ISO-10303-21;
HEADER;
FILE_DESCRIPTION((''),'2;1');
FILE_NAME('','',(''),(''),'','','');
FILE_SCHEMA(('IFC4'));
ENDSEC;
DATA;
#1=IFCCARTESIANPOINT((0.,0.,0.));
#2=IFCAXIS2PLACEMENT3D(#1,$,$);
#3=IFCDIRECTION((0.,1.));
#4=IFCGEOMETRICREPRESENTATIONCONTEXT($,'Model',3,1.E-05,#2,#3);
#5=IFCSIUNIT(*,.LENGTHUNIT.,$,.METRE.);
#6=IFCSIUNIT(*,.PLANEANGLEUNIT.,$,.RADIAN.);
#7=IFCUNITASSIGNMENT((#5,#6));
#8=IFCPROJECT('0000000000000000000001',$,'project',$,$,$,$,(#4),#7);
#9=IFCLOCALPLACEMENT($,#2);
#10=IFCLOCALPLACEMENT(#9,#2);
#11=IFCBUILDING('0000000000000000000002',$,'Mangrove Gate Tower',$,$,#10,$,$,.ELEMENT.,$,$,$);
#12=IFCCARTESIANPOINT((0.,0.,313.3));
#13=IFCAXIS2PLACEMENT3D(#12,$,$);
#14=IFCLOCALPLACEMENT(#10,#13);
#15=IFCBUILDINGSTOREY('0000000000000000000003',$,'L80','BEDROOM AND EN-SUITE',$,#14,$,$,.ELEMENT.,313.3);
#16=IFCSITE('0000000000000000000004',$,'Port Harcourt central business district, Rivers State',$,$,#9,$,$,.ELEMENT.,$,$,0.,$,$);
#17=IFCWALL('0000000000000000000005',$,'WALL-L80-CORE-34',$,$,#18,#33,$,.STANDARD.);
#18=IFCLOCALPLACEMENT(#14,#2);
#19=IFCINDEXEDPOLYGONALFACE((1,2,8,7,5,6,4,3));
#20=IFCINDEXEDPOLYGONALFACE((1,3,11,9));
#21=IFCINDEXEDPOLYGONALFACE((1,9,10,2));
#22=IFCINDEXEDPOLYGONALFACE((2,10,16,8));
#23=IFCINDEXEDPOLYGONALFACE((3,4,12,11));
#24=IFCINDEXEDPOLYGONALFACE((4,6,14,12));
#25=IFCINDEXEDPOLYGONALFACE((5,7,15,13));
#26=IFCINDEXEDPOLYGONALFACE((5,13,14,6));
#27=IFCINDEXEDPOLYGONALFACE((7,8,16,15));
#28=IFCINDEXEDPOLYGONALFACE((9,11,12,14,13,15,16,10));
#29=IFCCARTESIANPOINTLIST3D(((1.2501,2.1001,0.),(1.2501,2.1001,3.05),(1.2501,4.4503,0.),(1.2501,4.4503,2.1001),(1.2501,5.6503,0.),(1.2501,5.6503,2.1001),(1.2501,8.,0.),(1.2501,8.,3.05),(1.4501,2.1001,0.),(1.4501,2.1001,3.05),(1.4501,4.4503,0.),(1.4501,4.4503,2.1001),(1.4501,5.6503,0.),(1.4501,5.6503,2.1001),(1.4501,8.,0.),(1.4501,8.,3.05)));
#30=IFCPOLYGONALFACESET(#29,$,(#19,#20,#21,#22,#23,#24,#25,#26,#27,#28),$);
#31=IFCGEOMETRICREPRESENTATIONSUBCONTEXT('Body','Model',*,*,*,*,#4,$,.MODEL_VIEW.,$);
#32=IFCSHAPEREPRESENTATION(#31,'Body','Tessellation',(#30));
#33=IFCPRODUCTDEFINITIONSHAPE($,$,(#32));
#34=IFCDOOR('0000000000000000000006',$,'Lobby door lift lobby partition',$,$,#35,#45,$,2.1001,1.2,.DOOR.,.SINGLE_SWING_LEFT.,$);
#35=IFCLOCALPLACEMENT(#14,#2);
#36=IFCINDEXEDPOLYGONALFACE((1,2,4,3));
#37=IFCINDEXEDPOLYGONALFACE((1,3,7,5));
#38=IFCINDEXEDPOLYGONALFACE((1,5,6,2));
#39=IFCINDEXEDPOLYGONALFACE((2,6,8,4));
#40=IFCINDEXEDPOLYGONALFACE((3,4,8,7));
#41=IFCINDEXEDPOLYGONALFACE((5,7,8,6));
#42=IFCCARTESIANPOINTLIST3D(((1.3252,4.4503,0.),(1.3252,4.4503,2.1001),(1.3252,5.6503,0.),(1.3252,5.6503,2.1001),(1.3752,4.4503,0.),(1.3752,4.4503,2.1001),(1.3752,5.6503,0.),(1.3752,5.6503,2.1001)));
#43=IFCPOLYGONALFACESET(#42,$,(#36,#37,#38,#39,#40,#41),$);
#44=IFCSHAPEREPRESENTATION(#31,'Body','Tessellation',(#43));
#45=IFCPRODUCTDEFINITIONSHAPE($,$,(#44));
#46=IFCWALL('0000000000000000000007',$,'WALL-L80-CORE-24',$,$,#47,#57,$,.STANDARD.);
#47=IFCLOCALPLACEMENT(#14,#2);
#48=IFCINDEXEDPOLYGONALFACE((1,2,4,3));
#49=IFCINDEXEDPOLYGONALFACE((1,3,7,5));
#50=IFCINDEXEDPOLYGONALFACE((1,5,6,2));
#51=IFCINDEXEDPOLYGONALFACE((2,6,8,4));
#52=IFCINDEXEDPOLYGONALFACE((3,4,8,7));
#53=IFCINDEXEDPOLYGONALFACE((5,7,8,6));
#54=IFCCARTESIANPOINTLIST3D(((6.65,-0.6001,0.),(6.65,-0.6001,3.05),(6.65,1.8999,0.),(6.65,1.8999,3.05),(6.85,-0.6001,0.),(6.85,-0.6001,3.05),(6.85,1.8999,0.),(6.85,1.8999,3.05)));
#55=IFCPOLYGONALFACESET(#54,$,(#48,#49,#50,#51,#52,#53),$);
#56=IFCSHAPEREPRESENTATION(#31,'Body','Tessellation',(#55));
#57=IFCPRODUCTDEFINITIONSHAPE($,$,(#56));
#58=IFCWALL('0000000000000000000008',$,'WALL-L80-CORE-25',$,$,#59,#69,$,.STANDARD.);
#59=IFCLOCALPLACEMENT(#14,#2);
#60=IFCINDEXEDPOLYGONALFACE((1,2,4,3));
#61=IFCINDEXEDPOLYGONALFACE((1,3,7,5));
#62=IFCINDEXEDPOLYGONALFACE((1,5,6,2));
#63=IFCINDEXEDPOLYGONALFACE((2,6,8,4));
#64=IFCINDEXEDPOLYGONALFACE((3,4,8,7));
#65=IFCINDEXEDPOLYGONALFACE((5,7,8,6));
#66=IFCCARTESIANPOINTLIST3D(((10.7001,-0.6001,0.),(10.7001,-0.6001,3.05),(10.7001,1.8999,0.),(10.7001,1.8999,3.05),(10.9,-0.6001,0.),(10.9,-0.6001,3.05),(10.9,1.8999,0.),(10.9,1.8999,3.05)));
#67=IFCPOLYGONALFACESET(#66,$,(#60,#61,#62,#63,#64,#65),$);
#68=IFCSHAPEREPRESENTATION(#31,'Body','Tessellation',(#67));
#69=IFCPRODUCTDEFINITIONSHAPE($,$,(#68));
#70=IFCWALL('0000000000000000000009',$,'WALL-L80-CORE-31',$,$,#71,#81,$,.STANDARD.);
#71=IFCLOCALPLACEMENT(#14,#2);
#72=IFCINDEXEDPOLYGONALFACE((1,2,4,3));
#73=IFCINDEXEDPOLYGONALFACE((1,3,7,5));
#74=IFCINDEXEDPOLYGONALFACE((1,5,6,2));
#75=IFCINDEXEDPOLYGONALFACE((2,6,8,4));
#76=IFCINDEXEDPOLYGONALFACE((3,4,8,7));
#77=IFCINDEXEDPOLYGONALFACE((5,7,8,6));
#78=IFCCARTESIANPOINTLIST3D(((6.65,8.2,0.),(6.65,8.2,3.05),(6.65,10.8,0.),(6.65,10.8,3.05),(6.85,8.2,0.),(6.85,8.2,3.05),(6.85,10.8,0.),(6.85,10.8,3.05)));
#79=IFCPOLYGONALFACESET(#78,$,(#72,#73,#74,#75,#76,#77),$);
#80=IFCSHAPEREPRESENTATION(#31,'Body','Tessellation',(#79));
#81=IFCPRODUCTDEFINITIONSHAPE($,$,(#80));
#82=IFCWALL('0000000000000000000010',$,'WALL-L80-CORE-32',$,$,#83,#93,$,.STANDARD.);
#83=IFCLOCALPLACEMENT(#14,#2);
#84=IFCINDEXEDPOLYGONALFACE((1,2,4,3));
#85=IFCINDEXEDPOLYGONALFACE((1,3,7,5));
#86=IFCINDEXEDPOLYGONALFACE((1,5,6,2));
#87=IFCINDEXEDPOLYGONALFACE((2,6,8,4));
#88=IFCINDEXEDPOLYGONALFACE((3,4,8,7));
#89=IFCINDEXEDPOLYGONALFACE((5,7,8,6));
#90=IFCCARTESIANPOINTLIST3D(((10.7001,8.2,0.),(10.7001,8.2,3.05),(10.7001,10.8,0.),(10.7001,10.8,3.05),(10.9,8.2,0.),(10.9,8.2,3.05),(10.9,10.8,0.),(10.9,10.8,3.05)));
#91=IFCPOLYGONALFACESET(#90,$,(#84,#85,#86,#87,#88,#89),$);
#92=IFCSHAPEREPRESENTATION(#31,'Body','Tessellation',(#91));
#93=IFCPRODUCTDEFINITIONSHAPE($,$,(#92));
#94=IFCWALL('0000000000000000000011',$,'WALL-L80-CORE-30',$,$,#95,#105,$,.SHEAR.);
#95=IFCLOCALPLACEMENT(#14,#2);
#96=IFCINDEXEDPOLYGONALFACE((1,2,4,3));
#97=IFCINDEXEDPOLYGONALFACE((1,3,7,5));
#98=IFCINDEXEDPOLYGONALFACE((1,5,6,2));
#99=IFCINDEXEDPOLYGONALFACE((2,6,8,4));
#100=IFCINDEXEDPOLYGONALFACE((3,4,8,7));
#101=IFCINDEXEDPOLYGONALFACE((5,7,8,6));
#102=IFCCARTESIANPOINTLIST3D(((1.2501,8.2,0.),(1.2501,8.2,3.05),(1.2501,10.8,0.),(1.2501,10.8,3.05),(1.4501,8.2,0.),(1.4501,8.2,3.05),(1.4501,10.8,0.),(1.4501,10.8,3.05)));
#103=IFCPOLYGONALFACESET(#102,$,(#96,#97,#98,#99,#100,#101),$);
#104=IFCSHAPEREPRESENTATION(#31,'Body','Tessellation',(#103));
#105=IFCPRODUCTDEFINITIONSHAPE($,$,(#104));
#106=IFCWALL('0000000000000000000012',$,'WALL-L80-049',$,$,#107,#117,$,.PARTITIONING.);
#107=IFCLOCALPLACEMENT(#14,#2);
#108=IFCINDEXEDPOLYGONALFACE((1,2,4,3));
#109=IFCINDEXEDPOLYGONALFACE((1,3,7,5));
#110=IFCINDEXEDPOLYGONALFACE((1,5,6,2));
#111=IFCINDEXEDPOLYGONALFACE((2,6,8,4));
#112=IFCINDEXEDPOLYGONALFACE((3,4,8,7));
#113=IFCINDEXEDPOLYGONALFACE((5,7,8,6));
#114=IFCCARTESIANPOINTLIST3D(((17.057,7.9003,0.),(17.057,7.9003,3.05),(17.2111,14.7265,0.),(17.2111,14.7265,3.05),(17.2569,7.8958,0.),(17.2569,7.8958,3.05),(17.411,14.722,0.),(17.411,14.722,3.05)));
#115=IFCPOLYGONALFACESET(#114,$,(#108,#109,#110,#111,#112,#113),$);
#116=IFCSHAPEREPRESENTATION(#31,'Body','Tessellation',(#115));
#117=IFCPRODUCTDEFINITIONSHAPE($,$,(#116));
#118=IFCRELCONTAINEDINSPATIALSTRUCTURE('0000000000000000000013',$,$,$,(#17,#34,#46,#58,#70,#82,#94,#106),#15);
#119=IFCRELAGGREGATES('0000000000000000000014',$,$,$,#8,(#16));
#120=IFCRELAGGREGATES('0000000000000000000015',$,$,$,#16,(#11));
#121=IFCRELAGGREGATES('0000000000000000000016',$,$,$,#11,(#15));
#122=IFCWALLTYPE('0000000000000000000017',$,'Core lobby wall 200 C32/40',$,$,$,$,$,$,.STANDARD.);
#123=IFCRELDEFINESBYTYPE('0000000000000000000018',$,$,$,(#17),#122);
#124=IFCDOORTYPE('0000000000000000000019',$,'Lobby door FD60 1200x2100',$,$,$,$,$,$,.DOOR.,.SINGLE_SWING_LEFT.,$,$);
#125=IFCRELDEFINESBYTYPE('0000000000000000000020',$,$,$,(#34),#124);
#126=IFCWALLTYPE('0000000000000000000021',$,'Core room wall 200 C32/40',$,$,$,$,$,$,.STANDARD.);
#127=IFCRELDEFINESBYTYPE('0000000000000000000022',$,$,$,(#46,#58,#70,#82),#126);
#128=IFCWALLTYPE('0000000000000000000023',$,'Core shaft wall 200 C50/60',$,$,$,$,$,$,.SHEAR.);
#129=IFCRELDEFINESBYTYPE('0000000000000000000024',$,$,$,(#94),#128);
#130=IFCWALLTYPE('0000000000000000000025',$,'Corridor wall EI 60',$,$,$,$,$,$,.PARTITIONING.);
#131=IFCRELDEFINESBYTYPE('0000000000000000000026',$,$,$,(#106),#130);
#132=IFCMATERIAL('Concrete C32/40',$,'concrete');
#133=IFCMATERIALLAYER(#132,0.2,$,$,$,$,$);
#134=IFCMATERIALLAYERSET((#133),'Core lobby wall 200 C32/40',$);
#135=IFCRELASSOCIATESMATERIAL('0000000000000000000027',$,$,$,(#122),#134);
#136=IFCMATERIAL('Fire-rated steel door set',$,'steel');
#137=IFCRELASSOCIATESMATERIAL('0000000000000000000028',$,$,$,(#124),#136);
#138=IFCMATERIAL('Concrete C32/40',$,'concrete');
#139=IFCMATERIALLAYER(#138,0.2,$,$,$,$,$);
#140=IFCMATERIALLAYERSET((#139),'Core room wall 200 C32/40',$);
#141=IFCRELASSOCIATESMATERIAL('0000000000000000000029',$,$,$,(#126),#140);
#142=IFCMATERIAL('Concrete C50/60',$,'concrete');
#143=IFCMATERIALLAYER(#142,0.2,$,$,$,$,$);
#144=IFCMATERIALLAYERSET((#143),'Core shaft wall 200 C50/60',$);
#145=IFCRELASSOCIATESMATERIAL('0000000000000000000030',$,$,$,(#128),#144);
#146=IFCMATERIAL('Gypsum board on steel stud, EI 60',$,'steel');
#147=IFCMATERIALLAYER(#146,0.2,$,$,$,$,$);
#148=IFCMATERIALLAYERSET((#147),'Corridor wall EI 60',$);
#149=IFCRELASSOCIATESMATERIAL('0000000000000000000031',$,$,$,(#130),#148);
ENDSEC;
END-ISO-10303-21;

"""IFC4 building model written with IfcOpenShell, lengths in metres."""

from ifc_helpers import new_model, si_unit, direction, frame, frame_2d, origin, place, context, subcontext, project, spatial, rectangle, extrude, material, layer, layer_set, type_object, element, fill, save


model = new_model("IFC4")

# Units and contexts
model_context = context("Model", 3, precision=1e-05, world=origin(), true_north=direction((0.0, 1.0)))
body_context = subcontext(model_context, "Body", "Model", "MODEL_VIEW")
ifc_project = project(units=[si_unit("LENGTHUNIT", "METRE"), si_unit("PLANEANGLEUNIT", "RADIAN")], contexts=[model_context])

# Site, building, storey
site_placement = place(None, origin())
site = spatial("IfcSite", under=ifc_project, at=site_placement, Name="Port Harcourt central business district, Rivers State", CompositionType="ELEMENT", RefElevation=0.0)
building_placement = place(site_placement, origin())
building = spatial("IfcBuilding", under=site, at=building_placement, Name="Mangrove Gate Tower", CompositionType="ELEMENT")
storey_placement = place(building_placement, frame((0.0, 0.0, 313.3)))
storey = spatial("IfcBuildingStorey", under=building, at=storey_placement, Name="L80", Description="BEDROOM AND EN-SUITE", CompositionType="ELEMENT", Elevation=313.3)

# Wall, opening, door
ifc_material_1 = material(Name="Concrete C32/40", Category="concrete")
ifc_layer_1 = layer(ifc_material_1, 0.2)
ifc_layer_set_1 = layer_set([ifc_layer_1], Name="Core lobby wall 200 C32/40")
wall_type_1 = type_object("IfcWallType", Name="Core lobby wall 200 C32/40", PredefinedType="STANDARD", material=ifc_layer_set_1)
wall_1_placement = place(storey_placement, frame((1.3501, 2.1001, 0.0), z_axis=(0.0, 0.0, 1.0), x_axis=(0.0, 1.0, 0.0)))
wall_1 = element("IfcWall", 1, at=wall_1_placement, inside=storey, type_object=wall_type_1, Name="WALL-L80-CORE-34", PredefinedType="STANDARD", context=body_context, shape_type="SweptSolid", body=[
    extrude(rectangle(XDim=5.8999, YDim=0.2, at=frame_2d((2.95, 0.0))), origin(), (0.0, 0.0, 1.0), 3.05),
])
opening_placement = place(wall_1_placement, frame((2.3501, 0.0, 0.0)))
opening = element("IfcOpeningElement", 2, at=opening_placement, cuts=wall_1, PredefinedType="OPENING", context=body_context, shape_type="SweptSolid", body=[
    extrude(rectangle(XDim=1.2, YDim=2.1001, at=frame_2d((0.6001, 1.05))), frame((0.0, 0.1099, 0.0), z_axis=(0.0, -1.0, 0.0), x_axis=(1.0, 0.0, 0.0)), (0.0, 0.0, 1.0), 0.22),
])
ifc_material_2 = material(Name="Fire-rated steel door set", Category="steel")
door_type = type_object("IfcDoorType", Name="Lobby door FD60 1200x2100", OperationType="SINGLE_SWING_LEFT", PredefinedType="DOOR", material=ifc_material_2)
door_placement = place(opening_placement, origin())
door = element("IfcDoor", 3, at=door_placement, inside=storey, type_object=door_type, Name="Lobby door lift lobby partition", OperationType="SINGLE_SWING_LEFT", OverallHeight=2.1001, OverallWidth=1.2, PredefinedType="DOOR", context=body_context, shape_type="SweptSolid", body=[
    extrude(rectangle(XDim=1.2, YDim=2.1001, at=frame_2d((0.6001, 1.05))), frame((0.0, 0.0249, 0.0), z_axis=(0.0, -1.0, 0.0), x_axis=(1.0, 0.0, 0.0)), (0.0, 0.0, 1.0), 0.05),
])
fill(opening, door)

# Walls
ifc_material_3 = material(Name="Concrete C32/40", Category="concrete")
ifc_layer_2 = layer(ifc_material_3, 0.2)
ifc_layer_set_2 = layer_set([ifc_layer_2], Name="Core room wall 200 C32/40")
wall_type_2 = type_object("IfcWallType", Name="Core room wall 200 C32/40", PredefinedType="STANDARD", material=ifc_layer_set_2)
for number, where, z_axis, x_axis, name in (
    (4, (6.75, -0.6001, 0.0), (0.0, 0.0, 1.0), (0.0, 1.0, 0.0), "WALL-L80-CORE-24"),
    (5, (10.8, -0.6001, 0.0), (0.0, 0.0, 1.0), (0.0, 1.0, 0.0), "WALL-L80-CORE-25"),
):
    element("IfcWall", number, at=place(storey_placement, frame(where, z_axis=z_axis, x_axis=x_axis)), inside=storey, type_object=wall_type_2, Name=name, PredefinedType="STANDARD", context=body_context, shape_type="SweptSolid", body=[
        extrude(rectangle(XDim=2.5, YDim=0.2, at=frame_2d((1.25, 0.0))), origin(), (0.0, 0.0, 1.0), 3.05),
    ])
for number, where, z_axis, x_axis, name in (
    (6, (6.75, 8.2, 0.0), (0.0, 0.0, 1.0), (0.0, 1.0, 0.0), "WALL-L80-CORE-31"),
    (7, (10.8, 8.2, 0.0), (0.0, 0.0, 1.0), (0.0, 1.0, 0.0), "WALL-L80-CORE-32"),
):
    element("IfcWall", number, at=place(storey_placement, frame(where, z_axis=z_axis, x_axis=x_axis)), inside=storey, type_object=wall_type_2, Name=name, PredefinedType="STANDARD", context=body_context, shape_type="SweptSolid", body=[
        extrude(rectangle(XDim=2.6001, YDim=0.2, at=frame_2d((1.3, 0.0))), origin(), (0.0, 0.0, 1.0), 3.05),
    ])
ifc_material_4 = material(Name="Concrete C50/60", Category="concrete")
ifc_layer_3 = layer(ifc_material_4, 0.2)
ifc_layer_set_3 = layer_set([ifc_layer_3], Name="Core shaft wall 200 C50/60")
wall_type_3 = type_object("IfcWallType", Name="Core shaft wall 200 C50/60", PredefinedType="SHEAR", material=ifc_layer_set_3)
wall_2_placement = place(storey_placement, frame((1.3501, 8.2, 0.0), z_axis=(0.0, 0.0, 1.0), x_axis=(0.0, 1.0, 0.0)))
element("IfcWall", 8, at=wall_2_placement, inside=storey, type_object=wall_type_3, Name="WALL-L80-CORE-30", PredefinedType="SHEAR", context=body_context, shape_type="SweptSolid", body=[
    extrude(rectangle(XDim=2.6001, YDim=0.2, at=frame_2d((1.3, 0.0))), origin(), (0.0, 0.0, 1.0), 3.05),
])
ifc_material_5 = material(Name="Gypsum board on steel stud, EI 60", Category="steel")
ifc_layer_4 = layer(ifc_material_5, 0.2)
ifc_layer_set_4 = layer_set([ifc_layer_4], Name="Corridor wall EI 60")
wall_type_4 = type_object("IfcWallType", Name="Corridor wall EI 60", PredefinedType="PARTITIONING", material=ifc_layer_set_4)
wall_3_placement = place(storey_placement, frame((17.157, 7.8979, 0.0), z_axis=(0.0, 0.0, 1.0), x_axis=(0.022562, 0.999745, 0.0)))
element("IfcWall", 9, at=wall_3_placement, inside=storey, type_object=wall_type_4, Name="WALL-L80-049", PredefinedType="PARTITIONING", context=body_context, shape_type="SweptSolid", body=[
    extrude(rectangle(XDim=6.8279, YDim=0.2, at=frame_2d((3.4141, 0.0))), origin(), (0.0, 0.0, 1.0), 3.05),
])

save(model, "model.ifc")
